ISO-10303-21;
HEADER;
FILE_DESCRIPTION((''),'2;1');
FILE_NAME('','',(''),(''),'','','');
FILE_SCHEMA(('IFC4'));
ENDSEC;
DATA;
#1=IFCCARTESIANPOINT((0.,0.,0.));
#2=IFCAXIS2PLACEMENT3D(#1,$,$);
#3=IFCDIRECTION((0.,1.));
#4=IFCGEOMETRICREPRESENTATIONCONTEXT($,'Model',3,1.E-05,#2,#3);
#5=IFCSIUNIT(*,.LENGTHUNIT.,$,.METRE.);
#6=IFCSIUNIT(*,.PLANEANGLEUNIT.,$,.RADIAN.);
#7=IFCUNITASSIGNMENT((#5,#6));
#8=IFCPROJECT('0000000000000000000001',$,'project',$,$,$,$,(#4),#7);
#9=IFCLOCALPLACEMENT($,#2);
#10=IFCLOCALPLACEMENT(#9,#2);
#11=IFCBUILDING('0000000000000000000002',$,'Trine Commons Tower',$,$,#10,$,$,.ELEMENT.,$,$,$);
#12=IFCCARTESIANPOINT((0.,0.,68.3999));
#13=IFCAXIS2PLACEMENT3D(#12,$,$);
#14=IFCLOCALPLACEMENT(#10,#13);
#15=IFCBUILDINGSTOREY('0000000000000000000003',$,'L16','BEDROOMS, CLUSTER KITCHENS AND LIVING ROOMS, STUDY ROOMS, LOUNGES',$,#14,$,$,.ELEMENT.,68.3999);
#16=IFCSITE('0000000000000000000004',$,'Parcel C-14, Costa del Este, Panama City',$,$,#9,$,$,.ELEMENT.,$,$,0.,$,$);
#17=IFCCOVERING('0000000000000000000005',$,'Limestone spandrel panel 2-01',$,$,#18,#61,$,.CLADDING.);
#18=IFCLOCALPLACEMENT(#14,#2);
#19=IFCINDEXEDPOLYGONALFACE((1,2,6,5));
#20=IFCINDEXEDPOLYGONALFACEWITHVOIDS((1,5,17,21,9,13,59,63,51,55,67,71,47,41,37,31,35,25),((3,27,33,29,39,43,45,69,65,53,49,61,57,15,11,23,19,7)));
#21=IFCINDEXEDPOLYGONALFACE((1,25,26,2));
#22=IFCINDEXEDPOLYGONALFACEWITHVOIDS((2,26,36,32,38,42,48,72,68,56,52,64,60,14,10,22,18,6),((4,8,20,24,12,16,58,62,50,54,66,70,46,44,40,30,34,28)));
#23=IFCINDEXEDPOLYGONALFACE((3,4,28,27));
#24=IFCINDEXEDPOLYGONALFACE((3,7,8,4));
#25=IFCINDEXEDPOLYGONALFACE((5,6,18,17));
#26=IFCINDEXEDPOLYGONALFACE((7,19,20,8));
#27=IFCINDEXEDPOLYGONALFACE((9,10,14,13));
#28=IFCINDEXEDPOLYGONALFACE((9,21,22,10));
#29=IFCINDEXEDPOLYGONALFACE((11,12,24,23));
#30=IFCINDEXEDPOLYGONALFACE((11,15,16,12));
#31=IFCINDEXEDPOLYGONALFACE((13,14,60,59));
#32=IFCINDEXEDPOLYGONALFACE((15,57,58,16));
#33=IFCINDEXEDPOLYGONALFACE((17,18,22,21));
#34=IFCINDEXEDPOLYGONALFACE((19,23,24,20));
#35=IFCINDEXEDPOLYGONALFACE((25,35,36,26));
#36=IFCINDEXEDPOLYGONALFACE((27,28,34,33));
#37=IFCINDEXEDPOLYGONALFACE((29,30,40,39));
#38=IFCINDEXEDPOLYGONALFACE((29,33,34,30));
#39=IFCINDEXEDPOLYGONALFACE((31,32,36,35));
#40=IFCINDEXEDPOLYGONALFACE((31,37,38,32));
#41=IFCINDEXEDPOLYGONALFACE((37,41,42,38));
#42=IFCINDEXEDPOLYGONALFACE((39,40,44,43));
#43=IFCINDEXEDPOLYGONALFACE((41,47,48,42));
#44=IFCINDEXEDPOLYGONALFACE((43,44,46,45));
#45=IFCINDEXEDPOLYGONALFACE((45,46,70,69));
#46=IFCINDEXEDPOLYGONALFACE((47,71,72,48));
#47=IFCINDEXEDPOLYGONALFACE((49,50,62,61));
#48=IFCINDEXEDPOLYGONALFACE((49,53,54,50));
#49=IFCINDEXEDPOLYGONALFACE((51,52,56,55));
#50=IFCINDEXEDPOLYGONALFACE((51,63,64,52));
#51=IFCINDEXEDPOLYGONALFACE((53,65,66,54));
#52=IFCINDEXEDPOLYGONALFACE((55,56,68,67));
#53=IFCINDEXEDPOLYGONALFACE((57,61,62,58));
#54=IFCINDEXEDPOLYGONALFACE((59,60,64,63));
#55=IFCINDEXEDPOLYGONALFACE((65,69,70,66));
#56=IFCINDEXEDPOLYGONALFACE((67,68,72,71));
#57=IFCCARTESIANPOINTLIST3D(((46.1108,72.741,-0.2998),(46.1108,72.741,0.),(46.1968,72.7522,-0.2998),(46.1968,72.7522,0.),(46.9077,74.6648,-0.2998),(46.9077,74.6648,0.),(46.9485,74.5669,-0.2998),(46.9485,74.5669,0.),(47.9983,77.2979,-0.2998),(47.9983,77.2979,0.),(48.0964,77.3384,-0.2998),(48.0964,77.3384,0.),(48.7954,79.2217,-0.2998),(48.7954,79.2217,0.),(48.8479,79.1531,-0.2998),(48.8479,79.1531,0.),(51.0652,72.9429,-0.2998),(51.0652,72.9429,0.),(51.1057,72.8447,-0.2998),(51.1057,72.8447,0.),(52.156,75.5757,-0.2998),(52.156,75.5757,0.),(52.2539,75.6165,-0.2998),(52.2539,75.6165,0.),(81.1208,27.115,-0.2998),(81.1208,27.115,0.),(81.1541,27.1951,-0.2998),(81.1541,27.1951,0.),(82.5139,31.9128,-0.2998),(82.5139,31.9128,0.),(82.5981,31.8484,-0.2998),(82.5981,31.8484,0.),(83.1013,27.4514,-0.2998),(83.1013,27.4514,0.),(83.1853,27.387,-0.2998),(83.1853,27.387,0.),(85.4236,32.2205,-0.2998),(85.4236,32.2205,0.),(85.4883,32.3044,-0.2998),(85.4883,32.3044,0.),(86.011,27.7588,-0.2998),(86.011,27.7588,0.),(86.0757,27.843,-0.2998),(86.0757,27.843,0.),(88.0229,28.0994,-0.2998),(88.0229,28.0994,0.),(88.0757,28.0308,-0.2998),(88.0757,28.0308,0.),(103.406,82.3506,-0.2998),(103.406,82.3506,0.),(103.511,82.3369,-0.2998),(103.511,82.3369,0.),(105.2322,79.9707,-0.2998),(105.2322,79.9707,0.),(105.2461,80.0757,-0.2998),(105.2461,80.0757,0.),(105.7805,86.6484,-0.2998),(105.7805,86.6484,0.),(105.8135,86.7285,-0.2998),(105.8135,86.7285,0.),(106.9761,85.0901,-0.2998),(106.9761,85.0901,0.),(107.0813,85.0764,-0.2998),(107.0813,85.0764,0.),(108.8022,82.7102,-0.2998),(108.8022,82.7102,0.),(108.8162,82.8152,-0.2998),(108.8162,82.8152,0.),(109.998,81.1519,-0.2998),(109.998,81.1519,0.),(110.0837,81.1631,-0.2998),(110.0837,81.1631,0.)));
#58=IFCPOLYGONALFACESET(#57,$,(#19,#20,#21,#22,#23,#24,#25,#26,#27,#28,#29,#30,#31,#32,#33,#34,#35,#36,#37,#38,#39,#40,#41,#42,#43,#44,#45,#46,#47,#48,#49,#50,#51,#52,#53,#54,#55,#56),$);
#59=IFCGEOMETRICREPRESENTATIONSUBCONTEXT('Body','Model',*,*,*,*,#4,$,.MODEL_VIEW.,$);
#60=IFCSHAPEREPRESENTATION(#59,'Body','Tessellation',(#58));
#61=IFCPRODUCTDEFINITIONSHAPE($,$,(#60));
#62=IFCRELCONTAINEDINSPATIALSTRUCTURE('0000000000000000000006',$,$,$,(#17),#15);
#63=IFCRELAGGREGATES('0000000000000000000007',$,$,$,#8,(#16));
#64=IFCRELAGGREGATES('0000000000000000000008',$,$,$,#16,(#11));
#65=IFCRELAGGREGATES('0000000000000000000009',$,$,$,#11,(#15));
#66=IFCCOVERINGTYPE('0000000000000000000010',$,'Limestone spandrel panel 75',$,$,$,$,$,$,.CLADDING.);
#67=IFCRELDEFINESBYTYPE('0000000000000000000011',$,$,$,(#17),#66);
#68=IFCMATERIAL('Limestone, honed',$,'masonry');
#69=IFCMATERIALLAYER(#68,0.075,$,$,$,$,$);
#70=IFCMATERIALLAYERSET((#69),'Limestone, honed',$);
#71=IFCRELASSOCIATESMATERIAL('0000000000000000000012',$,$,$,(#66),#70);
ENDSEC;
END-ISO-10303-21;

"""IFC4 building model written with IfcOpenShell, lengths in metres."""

from ifc_helpers import new_model, si_unit, direction, frame, origin, place, context, subcontext, project, spatial, polyline, outline, extrude, material, layer, layer_set, type_object, element, save


model = new_model("IFC4")

# Units and contexts
model_context = context("Model", 3, precision=1e-05, world=origin(), true_north=direction((0.0, 1.0)))
body_context = subcontext(model_context, "Body", "Model", "MODEL_VIEW")
ifc_project = project(units=[si_unit("LENGTHUNIT", "METRE"), si_unit("PLANEANGLEUNIT", "RADIAN")], contexts=[model_context])

# Site, building, storey
site_placement = place(None, origin())
site = spatial("IfcSite", under=ifc_project, at=site_placement, Name="Parcel C-14, Costa del Este, Panama City", CompositionType="ELEMENT", RefElevation=0.0)
building_placement = place(site_placement, origin())
building = spatial("IfcBuilding", under=site, at=building_placement, Name="Trine Commons Tower", CompositionType="ELEMENT")
storey_placement = place(building_placement, frame((0.0, 0.0, 68.3999)))
storey = spatial("IfcBuildingStorey", under=building, at=storey_placement, Name="L16", Description="BEDROOMS, CLUSTER KITCHENS AND LIVING ROOMS, STUDY ROOMS, LOUNGES", CompositionType="ELEMENT", Elevation=68.3999)

# Covering
ifc_material_1 = material(Name="Limestone, honed", Category="masonry")
ifc_layer_1 = layer(ifc_material_1, 0.075)
ifc_layer_set_1 = layer_set([ifc_layer_1], Name="Limestone, honed")
covering_type_1 = type_object("IfcCoveringType", Name="Limestone spandrel panel 75", PredefinedType="CLADDING", material=ifc_layer_set_1)
covering_1_placement = place(storey_placement, frame((0.0, 0.0, -0.2998)))
element("IfcCovering", 1, at=covering_1_placement, inside=storey, type_object=covering_type_1, Name="Limestone spandrel panel 2-01", PredefinedType="CLADDING", context=body_context, shape_type="SweptSolid", body=[
    extrude(outline(polyline([(85.4236, 32.2205), (86.011, 27.7588), (88.0757, 28.0308), (110.0837, 81.1631), (108.8162, 82.8152), (105.2461, 80.0757), (103.511, 82.3369), (107.0813, 85.0764), (105.8135, 86.7285), (48.7954, 79.2217), (47.9983, 77.2979), (52.156, 75.5757), (51.0652, 72.9429), (46.9077, 74.6648), (46.1108, 72.741), (81.1208, 27.115), (83.1853, 27.387), (82.5981, 31.8484), (85.4236, 32.2205)]), holes=[polyline([(108.8022, 82.7102), (109.998, 81.1519), (88.0229, 28.0994), (86.0757, 27.843), (85.4883, 32.3044), (82.5139, 31.9128), (83.1013, 27.4514), (81.1541, 27.1951), (46.1968, 72.7522), (46.9485, 74.5669), (51.1057, 72.8447), (52.2539, 75.6165), (48.0964, 77.3384), (48.8479, 79.1531), (105.7805, 86.6484), (106.9761, 85.0901), (103.406, 82.3506), (105.2322, 79.9707), (108.8022, 82.7102)])]), origin(), (0.0, 0.0, 1.0), 0.2998),
])

save(model, "model.ifc")
